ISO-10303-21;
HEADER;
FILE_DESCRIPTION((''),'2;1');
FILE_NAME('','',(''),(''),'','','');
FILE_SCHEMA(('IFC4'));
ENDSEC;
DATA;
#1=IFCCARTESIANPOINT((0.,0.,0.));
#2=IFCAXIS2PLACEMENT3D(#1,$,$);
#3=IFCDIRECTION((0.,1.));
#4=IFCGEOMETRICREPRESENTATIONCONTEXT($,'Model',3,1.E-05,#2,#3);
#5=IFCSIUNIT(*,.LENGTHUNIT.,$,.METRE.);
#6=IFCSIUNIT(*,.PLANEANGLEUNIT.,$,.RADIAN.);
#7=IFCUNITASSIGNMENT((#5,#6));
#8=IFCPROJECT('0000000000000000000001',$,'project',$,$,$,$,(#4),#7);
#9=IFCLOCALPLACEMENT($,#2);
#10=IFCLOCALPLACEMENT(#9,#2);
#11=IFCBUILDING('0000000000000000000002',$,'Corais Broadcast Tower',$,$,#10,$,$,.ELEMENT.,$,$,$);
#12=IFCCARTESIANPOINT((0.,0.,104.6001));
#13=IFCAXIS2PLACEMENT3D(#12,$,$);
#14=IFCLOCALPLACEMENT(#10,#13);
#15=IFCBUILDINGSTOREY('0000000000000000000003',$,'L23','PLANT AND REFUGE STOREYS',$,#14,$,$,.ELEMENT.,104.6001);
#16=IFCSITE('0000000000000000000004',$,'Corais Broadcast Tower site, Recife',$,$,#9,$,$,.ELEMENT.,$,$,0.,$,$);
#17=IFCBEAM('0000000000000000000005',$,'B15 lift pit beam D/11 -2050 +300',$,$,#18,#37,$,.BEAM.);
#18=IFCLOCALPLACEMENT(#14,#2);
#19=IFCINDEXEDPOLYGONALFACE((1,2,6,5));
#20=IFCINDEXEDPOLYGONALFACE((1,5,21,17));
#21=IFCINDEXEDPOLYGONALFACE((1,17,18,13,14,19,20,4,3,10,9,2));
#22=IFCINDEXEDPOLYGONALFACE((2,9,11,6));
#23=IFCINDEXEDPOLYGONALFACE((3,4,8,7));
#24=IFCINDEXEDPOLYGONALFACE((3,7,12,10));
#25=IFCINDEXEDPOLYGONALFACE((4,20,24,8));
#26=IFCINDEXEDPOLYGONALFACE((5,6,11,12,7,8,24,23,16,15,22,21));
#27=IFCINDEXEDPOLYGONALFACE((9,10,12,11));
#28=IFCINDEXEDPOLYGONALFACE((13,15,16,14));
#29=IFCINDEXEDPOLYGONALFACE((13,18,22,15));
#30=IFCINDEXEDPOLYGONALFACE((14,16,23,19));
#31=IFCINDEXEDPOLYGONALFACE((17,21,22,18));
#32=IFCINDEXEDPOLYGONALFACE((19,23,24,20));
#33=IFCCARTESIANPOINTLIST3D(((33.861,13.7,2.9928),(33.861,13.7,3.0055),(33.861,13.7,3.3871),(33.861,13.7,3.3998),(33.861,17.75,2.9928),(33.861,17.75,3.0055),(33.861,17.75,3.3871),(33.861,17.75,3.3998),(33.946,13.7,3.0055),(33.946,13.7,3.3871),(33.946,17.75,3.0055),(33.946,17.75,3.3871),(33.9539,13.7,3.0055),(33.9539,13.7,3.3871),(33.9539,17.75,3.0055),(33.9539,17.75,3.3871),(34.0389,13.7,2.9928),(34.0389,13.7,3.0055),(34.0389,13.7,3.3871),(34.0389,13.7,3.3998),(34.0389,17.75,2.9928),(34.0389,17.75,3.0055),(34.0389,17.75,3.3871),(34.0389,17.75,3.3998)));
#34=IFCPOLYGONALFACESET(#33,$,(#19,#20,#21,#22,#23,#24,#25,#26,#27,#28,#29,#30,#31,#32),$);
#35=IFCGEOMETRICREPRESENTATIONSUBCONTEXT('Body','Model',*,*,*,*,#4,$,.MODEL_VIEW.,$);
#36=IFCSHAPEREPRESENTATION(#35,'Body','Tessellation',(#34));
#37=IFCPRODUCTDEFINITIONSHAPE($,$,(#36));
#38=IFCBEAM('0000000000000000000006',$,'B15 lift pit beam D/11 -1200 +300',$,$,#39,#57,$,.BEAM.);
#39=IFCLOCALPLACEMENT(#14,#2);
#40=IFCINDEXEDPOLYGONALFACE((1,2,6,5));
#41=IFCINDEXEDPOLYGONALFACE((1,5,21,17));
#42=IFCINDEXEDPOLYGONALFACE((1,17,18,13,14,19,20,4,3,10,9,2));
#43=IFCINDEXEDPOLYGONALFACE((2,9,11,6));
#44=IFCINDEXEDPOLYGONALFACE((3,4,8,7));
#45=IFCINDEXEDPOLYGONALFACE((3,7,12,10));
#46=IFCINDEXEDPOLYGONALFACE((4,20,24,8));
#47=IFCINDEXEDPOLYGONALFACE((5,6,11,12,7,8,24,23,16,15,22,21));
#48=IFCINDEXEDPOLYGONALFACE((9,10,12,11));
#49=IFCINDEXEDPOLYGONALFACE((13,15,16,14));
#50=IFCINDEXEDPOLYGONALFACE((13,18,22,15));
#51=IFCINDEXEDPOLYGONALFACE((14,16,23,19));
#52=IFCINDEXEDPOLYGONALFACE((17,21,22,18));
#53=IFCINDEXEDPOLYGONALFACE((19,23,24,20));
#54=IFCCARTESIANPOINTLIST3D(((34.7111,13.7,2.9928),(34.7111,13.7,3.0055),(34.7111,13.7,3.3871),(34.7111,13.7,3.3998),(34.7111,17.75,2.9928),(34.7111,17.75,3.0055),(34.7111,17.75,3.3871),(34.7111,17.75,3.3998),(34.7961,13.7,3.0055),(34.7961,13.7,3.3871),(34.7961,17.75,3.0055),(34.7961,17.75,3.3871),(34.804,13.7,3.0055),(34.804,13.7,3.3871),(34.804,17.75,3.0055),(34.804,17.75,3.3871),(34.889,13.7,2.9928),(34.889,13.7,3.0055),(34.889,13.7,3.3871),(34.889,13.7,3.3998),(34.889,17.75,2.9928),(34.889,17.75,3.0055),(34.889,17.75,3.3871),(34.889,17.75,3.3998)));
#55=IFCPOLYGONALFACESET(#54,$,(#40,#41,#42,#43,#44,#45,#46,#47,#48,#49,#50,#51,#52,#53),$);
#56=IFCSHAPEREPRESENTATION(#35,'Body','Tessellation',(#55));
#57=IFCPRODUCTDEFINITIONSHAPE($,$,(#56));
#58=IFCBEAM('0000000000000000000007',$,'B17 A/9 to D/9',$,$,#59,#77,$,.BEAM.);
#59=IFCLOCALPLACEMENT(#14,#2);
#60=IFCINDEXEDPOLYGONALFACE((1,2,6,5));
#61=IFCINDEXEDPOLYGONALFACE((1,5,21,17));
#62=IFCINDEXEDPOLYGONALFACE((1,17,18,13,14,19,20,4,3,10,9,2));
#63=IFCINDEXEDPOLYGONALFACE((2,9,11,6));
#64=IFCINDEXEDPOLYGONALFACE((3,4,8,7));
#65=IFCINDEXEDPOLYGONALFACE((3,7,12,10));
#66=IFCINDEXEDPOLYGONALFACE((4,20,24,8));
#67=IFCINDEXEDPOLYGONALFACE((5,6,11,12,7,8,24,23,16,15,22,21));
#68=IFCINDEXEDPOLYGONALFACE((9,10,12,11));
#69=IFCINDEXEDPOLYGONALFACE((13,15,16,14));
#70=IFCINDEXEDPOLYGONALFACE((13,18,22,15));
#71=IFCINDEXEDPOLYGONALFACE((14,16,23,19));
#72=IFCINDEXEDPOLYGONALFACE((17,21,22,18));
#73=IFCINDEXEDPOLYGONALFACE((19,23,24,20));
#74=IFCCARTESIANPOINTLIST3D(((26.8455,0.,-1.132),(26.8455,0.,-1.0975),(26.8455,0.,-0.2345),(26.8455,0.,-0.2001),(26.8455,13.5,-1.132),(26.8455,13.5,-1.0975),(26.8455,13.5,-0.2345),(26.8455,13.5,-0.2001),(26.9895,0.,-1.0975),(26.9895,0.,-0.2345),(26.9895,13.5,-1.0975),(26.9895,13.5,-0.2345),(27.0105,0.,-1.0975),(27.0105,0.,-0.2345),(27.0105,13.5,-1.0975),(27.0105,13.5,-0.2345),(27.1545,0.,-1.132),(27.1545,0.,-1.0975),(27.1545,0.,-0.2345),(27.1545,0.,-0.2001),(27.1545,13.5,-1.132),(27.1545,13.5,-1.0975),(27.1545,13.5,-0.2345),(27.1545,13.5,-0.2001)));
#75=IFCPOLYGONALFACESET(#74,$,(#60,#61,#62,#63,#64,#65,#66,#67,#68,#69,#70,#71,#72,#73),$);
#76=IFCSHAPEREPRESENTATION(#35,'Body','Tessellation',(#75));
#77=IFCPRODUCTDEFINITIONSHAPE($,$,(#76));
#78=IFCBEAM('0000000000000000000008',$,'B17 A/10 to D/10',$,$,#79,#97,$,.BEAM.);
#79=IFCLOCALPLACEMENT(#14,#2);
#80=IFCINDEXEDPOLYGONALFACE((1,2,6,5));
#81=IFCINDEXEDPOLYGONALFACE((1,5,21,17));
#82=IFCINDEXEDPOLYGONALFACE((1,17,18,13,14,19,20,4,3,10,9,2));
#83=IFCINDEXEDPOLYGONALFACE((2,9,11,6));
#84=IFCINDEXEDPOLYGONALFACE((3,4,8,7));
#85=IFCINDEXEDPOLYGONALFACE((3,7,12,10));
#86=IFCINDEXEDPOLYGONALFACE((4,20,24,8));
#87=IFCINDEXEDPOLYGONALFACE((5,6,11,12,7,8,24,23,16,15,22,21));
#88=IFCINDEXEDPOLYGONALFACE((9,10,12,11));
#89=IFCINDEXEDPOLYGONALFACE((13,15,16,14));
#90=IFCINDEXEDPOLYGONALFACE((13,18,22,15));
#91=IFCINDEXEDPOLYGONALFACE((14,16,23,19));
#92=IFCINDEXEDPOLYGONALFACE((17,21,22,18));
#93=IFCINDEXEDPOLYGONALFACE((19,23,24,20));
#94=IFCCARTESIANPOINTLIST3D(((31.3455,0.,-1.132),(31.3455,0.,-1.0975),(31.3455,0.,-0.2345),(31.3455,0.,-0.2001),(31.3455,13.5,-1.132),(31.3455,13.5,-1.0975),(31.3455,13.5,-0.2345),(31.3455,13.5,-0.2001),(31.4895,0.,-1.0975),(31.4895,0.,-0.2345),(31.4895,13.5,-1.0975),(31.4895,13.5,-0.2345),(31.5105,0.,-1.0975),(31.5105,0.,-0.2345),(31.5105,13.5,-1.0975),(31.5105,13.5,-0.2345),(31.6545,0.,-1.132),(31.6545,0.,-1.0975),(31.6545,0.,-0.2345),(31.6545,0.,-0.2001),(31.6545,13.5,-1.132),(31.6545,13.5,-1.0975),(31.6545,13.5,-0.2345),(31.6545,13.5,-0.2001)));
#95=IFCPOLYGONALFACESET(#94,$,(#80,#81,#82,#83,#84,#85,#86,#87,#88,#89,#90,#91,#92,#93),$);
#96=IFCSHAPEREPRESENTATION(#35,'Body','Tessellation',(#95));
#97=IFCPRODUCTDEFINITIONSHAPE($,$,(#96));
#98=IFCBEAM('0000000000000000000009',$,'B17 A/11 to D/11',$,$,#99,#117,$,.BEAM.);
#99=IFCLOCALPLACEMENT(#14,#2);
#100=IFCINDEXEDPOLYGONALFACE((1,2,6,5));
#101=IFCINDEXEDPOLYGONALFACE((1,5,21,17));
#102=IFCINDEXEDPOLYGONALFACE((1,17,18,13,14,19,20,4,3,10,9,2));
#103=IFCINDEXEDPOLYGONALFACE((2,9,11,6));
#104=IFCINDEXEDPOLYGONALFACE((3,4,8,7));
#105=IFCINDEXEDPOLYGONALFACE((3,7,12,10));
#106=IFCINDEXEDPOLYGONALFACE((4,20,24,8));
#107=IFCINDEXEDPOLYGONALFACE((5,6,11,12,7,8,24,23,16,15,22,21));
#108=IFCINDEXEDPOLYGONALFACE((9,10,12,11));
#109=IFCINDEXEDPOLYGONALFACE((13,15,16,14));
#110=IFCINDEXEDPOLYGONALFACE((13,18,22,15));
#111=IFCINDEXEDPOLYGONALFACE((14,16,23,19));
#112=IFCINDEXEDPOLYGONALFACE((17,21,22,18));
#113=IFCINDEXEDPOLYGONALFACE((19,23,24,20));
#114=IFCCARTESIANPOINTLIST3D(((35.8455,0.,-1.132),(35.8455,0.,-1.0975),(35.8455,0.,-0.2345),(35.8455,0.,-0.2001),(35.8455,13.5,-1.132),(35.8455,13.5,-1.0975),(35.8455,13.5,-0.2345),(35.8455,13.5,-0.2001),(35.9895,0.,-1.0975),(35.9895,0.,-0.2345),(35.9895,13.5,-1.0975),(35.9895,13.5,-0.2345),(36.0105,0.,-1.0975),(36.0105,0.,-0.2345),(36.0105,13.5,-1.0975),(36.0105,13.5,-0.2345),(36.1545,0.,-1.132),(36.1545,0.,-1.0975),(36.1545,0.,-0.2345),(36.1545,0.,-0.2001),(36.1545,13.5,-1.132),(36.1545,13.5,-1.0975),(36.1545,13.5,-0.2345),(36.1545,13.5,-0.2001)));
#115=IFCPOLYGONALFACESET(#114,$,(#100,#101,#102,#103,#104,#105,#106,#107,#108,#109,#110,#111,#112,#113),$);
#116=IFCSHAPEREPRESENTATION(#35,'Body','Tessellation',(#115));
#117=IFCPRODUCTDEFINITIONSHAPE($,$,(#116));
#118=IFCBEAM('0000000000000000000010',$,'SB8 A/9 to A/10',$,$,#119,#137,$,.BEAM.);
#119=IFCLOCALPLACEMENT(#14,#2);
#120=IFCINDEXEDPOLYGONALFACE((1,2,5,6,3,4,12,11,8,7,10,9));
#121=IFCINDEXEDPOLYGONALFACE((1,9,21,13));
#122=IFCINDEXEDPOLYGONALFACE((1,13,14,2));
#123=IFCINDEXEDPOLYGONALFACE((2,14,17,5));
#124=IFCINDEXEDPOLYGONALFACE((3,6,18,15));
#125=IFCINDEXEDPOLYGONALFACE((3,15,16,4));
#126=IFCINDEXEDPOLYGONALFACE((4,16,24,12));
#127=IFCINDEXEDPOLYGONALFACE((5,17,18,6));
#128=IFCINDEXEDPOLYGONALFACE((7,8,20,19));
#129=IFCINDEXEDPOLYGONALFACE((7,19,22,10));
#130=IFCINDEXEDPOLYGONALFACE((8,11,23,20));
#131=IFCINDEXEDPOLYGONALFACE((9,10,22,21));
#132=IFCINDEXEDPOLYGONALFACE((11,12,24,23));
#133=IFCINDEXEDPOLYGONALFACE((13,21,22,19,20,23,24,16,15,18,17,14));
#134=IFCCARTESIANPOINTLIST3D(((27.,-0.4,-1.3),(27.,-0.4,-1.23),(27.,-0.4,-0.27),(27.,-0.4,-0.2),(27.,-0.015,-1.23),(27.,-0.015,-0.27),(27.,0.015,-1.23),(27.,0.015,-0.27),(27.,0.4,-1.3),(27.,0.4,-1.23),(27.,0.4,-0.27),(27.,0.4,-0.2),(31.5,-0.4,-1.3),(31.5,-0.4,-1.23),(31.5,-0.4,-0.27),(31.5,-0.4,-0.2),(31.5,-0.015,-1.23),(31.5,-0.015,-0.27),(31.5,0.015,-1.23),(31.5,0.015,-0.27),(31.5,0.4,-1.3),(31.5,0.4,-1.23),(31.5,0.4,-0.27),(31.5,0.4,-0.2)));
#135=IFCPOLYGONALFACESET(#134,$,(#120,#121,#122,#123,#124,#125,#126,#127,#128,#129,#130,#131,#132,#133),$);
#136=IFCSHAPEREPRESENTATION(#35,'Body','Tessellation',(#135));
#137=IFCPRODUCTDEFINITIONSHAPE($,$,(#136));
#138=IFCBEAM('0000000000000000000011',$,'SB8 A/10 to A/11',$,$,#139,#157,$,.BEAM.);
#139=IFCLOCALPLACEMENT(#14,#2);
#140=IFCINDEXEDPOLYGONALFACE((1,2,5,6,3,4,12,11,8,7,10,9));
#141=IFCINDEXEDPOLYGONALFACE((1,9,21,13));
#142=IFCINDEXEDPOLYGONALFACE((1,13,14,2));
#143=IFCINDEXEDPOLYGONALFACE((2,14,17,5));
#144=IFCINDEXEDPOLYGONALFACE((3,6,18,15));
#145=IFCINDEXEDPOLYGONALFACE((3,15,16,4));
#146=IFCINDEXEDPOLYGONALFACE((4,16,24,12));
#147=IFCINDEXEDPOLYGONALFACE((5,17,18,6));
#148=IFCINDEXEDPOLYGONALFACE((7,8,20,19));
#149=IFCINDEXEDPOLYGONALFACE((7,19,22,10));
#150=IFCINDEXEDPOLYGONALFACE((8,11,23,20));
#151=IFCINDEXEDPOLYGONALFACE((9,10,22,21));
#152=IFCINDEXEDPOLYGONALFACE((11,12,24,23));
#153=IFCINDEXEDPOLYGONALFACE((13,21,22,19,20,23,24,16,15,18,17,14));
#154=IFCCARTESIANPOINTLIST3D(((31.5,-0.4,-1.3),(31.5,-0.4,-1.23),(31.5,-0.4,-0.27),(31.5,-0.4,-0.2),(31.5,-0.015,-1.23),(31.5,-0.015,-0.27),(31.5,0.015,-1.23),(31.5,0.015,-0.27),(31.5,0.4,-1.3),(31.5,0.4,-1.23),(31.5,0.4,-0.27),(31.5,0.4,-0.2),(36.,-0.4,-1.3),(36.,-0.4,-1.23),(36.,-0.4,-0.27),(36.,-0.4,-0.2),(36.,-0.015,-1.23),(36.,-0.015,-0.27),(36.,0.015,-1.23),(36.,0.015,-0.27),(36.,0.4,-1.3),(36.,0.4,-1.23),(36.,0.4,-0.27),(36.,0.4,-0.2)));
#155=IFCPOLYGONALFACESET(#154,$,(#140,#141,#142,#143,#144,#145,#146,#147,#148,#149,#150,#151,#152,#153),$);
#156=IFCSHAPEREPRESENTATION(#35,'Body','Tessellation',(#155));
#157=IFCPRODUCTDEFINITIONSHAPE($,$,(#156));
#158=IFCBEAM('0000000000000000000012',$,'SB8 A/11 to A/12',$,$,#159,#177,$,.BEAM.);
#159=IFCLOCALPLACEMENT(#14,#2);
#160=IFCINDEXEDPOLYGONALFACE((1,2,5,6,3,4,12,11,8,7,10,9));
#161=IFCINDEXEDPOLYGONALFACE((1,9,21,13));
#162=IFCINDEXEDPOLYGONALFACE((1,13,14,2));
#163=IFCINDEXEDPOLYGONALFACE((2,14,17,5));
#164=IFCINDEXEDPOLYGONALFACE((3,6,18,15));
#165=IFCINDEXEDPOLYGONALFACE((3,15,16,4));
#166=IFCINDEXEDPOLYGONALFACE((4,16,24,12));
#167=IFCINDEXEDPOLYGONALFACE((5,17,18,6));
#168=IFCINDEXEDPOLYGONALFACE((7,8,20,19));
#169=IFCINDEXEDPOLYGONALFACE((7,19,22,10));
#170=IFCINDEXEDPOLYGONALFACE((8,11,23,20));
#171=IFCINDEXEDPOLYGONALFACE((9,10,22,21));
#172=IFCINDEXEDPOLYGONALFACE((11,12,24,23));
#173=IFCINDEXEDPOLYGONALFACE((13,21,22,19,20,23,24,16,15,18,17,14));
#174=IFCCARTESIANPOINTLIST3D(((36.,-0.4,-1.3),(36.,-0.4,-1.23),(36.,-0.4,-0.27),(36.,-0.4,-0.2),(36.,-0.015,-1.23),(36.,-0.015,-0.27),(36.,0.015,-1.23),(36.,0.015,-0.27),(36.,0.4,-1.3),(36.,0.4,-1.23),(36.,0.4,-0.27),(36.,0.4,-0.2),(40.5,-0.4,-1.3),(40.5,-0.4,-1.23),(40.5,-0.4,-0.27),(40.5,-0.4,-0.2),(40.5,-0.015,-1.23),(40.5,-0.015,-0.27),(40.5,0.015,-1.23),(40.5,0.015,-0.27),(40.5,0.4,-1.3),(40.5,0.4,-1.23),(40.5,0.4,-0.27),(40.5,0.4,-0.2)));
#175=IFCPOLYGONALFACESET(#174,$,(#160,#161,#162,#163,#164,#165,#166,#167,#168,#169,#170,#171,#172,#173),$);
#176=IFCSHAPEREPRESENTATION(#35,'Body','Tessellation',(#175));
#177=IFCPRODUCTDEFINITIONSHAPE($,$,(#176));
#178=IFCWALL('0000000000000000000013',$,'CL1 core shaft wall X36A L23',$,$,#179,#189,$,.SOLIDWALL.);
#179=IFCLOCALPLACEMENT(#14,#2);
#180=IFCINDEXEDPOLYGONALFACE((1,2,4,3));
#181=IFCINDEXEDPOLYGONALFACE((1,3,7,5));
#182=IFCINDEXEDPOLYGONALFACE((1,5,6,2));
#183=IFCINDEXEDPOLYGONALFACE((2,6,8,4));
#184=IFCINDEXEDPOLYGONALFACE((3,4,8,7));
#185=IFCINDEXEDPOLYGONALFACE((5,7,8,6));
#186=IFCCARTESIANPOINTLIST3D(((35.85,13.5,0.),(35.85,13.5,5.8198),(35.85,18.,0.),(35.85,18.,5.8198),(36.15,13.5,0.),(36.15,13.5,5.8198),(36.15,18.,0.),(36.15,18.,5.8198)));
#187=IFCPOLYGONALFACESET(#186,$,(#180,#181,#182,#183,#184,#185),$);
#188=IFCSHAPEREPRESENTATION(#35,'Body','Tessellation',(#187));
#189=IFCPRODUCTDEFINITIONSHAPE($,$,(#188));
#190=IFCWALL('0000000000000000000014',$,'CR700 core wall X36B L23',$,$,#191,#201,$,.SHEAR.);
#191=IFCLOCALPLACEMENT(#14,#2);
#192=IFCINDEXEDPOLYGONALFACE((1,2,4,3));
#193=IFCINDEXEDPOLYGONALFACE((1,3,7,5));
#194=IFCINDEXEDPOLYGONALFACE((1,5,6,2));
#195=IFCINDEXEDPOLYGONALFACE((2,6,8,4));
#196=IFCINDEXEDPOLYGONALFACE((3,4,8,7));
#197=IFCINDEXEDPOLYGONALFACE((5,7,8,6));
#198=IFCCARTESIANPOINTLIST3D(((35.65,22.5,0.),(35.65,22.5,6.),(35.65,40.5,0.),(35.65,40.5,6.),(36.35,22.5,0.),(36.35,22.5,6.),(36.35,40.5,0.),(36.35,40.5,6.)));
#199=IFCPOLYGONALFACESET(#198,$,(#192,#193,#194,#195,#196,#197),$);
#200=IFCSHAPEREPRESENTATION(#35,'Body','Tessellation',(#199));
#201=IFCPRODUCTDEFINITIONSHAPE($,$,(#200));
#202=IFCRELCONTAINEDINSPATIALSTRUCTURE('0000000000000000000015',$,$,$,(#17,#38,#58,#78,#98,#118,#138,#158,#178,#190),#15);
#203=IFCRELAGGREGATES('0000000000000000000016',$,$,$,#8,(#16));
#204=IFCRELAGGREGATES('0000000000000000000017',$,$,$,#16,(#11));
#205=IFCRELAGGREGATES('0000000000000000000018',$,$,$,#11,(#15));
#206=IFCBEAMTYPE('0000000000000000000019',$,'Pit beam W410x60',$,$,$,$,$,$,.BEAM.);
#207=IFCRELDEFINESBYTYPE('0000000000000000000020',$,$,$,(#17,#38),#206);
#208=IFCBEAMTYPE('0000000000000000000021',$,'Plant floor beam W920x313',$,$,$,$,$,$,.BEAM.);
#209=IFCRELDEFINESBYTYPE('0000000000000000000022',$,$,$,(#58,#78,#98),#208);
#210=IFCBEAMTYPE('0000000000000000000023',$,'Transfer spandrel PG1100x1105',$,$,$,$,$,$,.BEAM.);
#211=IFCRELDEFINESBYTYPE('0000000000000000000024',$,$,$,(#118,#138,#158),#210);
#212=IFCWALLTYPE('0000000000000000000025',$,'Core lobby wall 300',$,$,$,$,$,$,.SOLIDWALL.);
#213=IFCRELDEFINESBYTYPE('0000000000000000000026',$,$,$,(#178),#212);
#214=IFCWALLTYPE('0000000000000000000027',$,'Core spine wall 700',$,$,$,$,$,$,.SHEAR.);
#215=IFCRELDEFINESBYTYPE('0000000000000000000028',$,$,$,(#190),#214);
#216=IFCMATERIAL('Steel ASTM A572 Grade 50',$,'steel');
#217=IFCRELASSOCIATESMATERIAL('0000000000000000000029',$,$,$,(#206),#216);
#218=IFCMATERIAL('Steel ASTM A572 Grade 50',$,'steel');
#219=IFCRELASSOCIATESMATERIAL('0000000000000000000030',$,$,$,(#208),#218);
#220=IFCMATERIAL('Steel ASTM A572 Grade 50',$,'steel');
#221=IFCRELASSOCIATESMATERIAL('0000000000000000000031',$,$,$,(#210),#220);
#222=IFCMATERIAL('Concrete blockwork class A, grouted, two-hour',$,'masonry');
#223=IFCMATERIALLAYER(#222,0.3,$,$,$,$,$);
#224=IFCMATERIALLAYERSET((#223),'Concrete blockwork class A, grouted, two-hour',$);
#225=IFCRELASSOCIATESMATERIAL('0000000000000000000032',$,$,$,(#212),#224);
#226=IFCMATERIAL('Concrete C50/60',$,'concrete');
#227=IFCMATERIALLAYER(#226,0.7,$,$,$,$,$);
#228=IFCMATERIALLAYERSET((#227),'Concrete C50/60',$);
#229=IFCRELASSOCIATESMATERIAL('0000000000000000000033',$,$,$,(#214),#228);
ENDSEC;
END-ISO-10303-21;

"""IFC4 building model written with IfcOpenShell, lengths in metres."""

from ifc_helpers import new_model, si_unit, direction, frame, frame_2d, origin, origin_2d, place, context, subcontext, project, spatial, rectangle, i_section, extrude, material, layer, layer_set, material_profile, profile_set, type_object, element, save


model = new_model("IFC4")

# Units and contexts
model_context = context("Model", 3, precision=1e-05, world=origin(), true_north=direction((0.0, 1.0)))
body_context = subcontext(model_context, "Body", "Model", "MODEL_VIEW")
ifc_project = project(units=[si_unit("LENGTHUNIT", "METRE"), si_unit("PLANEANGLEUNIT", "RADIAN")], contexts=[model_context])

# Site, building, storey
site_placement = place(None, origin())
site = spatial("IfcSite", under=ifc_project, at=site_placement, Name="Corais Broadcast Tower site, Recife", CompositionType="ELEMENT", RefElevation=0.0)
building_placement = place(site_placement, origin())
building = spatial("IfcBuilding", under=site, at=building_placement, Name="Corais Broadcast Tower", CompositionType="ELEMENT")
storey_placement = place(building_placement, frame((0.0, 0.0, 104.6001)))
storey = spatial("IfcBuildingStorey", under=building, at=storey_placement, Name="L23", Description="PLANT AND REFUGE STOREYS", CompositionType="ELEMENT", Elevation=104.6001)

# Beams
ifc_material_1 = material(Name="Steel ASTM A572 Grade 50", Category="steel")
ifc_material_profile_1 = material_profile(ifc_material_1, i_section(OverallWidth=0.178, OverallDepth=0.407, WebThickness=0.0078, FlangeThickness=0.0127, at=origin_2d()), Name="W410x60")
ifc_profile_set_1 = profile_set([ifc_material_profile_1], Name="Steel ASTM A572 Grade 50")
beam_type_1 = type_object("IfcBeamType", Name="Pit beam W410x60", PredefinedType="BEAM", material=ifc_profile_set_1)
for number, where, z_axis, x_axis, name in (
    (1, (33.95, 13.7, 3.1963), (0.0, 1.0, 0.0), (-1.0, 0.0, 0.0), "B15 lift pit beam D/11 -2050 +300"),
    (2, (34.8, 13.7, 3.1963), (0.0, 1.0, 0.0), (-1.0, 0.0, 0.0), "B15 lift pit beam D/11 -1200 +300"),
):
    element("IfcBeam", number, at=place(storey_placement, frame(where, z_axis=z_axis, x_axis=x_axis)), inside=storey, type_object=beam_type_1, Name=name, PredefinedType="BEAM", context=body_context, shape_type="SweptSolid", body=[
        extrude(i_section(OverallWidth=0.178, OverallDepth=0.407, WebThickness=0.0078, FlangeThickness=0.0127, at=origin_2d()), origin(), (0.0, 0.0, 1.0), 4.05),
    ])
ifc_material_2 = material(Name="Steel ASTM A572 Grade 50", Category="steel")
ifc_material_profile_2 = material_profile(ifc_material_2, i_section(OverallWidth=0.3091, OverallDepth=0.9319, WebThickness=0.021, FlangeThickness=0.0344, at=origin_2d()), Name="W920x313")
ifc_profile_set_2 = profile_set([ifc_material_profile_2], Name="Steel ASTM A572 Grade 50")
beam_type_2 = type_object("IfcBeamType", Name="Plant floor beam W920x313", PredefinedType="BEAM", material=ifc_profile_set_2)
for number, where, z_axis, x_axis, name in (
    (3, (27.0, 0.0, -0.666), (0.0, 1.0, 0.0), (-1.0, 0.0, 0.0), "B17 A/9 to D/9"),
    (4, (31.5, 0.0, -0.666), (0.0, 1.0, 0.0), (-1.0, 0.0, 0.0), "B17 A/10 to D/10"),
    (5, (36.0, 0.0, -0.666), (0.0, 1.0, 0.0), (-1.0, 0.0, 0.0), "B17 A/11 to D/11"),
):
    element("IfcBeam", number, at=place(storey_placement, frame(where, z_axis=z_axis, x_axis=x_axis)), inside=storey, type_object=beam_type_2, Name=name, PredefinedType="BEAM", context=body_context, shape_type="SweptSolid", body=[
        extrude(i_section(OverallWidth=0.3091, OverallDepth=0.9319, WebThickness=0.021, FlangeThickness=0.0344, at=origin_2d()), origin(), (0.0, 0.0, 1.0), 13.5),
    ])
ifc_material_3 = material(Name="Steel ASTM A572 Grade 50", Category="steel")
ifc_material_profile_3 = material_profile(ifc_material_3, i_section(OverallWidth=0.8, OverallDepth=1.1001, WebThickness=0.03, FlangeThickness=0.0701, at=origin_2d()), Name="PG1100x1105")
ifc_profile_set_3 = profile_set([ifc_material_profile_3], Name="Steel ASTM A572 Grade 50")
beam_type_3 = type_object("IfcBeamType", Name="Transfer spandrel PG1100x1105", PredefinedType="BEAM", material=ifc_profile_set_3)
for number, where, z_axis, x_axis, name in (
    (6, (27.0, 0.0, -0.75), (1.0, 0.0, 0.0), (0.0, 1.0, 0.0), "SB8 A/9 to A/10"),
    (7, (31.5, 0.0, -0.75), (1.0, 0.0, 0.0), (0.0, 1.0, 0.0), "SB8 A/10 to A/11"),
    (8, (36.0, 0.0, -0.75), (1.0, 0.0, 0.0), (0.0, 1.0, 0.0), "SB8 A/11 to A/12"),
):
    element("IfcBeam", number, at=place(storey_placement, frame(where, z_axis=z_axis, x_axis=x_axis)), inside=storey, type_object=beam_type_3, Name=name, PredefinedType="BEAM", context=body_context, shape_type="SweptSolid", body=[
        extrude(i_section(OverallWidth=0.8, OverallDepth=1.1001, WebThickness=0.03, FlangeThickness=0.0701, at=origin_2d()), origin(), (0.0, 0.0, 1.0), 4.5),
    ])

# Walls
ifc_material_4 = material(Name="Concrete blockwork class A, grouted, two-hour", Category="masonry")
ifc_layer_1 = layer(ifc_material_4, 0.3)
ifc_layer_set_1 = layer_set([ifc_layer_1], Name="Concrete blockwork class A, grouted, two-hour")
wall_type_1 = type_object("IfcWallType", Name="Core lobby wall 300", PredefinedType="SOLIDWALL", material=ifc_layer_set_1)
wall_1_placement = place(storey_placement, frame((36.0, 13.5, 0.0), z_axis=(0.0, 0.0, 1.0), x_axis=(0.0, 1.0, 0.0)))
element("IfcWall", 9, at=wall_1_placement, inside=storey, type_object=wall_type_1, Name="CL1 core shaft wall X36A L23", PredefinedType="SOLIDWALL", context=body_context, shape_type="SweptSolid", body=[
    extrude(rectangle(XDim=4.5, YDim=0.3, at=frame_2d((2.25, 0.0))), origin(), (0.0, 0.0, 1.0), 5.8198),
])
ifc_material_5 = material(Name="Concrete C50/60", Category="concrete")
ifc_layer_2 = layer(ifc_material_5, 0.7)
ifc_layer_set_2 = layer_set([ifc_layer_2], Name="Concrete C50/60")
wall_type_2 = type_object("IfcWallType", Name="Core spine wall 700", PredefinedType="SHEAR", material=ifc_layer_set_2)
wall_2_placement = place(storey_placement, frame((36.0, 22.5, 0.0), z_axis=(0.0, 0.0, 1.0), x_axis=(0.0, 1.0, 0.0)))
element("IfcWall", 10, at=wall_2_placement, inside=storey, type_object=wall_type_2, Name="CR700 core wall X36B L23", PredefinedType="SHEAR", context=body_context, shape_type="SweptSolid", body=[
    extrude(rectangle(XDim=18.0, YDim=0.7, at=frame_2d((9.0, 0.0))), origin(), (0.0, 0.0, 1.0), 6.0),
])

save(model, "model.ifc")
